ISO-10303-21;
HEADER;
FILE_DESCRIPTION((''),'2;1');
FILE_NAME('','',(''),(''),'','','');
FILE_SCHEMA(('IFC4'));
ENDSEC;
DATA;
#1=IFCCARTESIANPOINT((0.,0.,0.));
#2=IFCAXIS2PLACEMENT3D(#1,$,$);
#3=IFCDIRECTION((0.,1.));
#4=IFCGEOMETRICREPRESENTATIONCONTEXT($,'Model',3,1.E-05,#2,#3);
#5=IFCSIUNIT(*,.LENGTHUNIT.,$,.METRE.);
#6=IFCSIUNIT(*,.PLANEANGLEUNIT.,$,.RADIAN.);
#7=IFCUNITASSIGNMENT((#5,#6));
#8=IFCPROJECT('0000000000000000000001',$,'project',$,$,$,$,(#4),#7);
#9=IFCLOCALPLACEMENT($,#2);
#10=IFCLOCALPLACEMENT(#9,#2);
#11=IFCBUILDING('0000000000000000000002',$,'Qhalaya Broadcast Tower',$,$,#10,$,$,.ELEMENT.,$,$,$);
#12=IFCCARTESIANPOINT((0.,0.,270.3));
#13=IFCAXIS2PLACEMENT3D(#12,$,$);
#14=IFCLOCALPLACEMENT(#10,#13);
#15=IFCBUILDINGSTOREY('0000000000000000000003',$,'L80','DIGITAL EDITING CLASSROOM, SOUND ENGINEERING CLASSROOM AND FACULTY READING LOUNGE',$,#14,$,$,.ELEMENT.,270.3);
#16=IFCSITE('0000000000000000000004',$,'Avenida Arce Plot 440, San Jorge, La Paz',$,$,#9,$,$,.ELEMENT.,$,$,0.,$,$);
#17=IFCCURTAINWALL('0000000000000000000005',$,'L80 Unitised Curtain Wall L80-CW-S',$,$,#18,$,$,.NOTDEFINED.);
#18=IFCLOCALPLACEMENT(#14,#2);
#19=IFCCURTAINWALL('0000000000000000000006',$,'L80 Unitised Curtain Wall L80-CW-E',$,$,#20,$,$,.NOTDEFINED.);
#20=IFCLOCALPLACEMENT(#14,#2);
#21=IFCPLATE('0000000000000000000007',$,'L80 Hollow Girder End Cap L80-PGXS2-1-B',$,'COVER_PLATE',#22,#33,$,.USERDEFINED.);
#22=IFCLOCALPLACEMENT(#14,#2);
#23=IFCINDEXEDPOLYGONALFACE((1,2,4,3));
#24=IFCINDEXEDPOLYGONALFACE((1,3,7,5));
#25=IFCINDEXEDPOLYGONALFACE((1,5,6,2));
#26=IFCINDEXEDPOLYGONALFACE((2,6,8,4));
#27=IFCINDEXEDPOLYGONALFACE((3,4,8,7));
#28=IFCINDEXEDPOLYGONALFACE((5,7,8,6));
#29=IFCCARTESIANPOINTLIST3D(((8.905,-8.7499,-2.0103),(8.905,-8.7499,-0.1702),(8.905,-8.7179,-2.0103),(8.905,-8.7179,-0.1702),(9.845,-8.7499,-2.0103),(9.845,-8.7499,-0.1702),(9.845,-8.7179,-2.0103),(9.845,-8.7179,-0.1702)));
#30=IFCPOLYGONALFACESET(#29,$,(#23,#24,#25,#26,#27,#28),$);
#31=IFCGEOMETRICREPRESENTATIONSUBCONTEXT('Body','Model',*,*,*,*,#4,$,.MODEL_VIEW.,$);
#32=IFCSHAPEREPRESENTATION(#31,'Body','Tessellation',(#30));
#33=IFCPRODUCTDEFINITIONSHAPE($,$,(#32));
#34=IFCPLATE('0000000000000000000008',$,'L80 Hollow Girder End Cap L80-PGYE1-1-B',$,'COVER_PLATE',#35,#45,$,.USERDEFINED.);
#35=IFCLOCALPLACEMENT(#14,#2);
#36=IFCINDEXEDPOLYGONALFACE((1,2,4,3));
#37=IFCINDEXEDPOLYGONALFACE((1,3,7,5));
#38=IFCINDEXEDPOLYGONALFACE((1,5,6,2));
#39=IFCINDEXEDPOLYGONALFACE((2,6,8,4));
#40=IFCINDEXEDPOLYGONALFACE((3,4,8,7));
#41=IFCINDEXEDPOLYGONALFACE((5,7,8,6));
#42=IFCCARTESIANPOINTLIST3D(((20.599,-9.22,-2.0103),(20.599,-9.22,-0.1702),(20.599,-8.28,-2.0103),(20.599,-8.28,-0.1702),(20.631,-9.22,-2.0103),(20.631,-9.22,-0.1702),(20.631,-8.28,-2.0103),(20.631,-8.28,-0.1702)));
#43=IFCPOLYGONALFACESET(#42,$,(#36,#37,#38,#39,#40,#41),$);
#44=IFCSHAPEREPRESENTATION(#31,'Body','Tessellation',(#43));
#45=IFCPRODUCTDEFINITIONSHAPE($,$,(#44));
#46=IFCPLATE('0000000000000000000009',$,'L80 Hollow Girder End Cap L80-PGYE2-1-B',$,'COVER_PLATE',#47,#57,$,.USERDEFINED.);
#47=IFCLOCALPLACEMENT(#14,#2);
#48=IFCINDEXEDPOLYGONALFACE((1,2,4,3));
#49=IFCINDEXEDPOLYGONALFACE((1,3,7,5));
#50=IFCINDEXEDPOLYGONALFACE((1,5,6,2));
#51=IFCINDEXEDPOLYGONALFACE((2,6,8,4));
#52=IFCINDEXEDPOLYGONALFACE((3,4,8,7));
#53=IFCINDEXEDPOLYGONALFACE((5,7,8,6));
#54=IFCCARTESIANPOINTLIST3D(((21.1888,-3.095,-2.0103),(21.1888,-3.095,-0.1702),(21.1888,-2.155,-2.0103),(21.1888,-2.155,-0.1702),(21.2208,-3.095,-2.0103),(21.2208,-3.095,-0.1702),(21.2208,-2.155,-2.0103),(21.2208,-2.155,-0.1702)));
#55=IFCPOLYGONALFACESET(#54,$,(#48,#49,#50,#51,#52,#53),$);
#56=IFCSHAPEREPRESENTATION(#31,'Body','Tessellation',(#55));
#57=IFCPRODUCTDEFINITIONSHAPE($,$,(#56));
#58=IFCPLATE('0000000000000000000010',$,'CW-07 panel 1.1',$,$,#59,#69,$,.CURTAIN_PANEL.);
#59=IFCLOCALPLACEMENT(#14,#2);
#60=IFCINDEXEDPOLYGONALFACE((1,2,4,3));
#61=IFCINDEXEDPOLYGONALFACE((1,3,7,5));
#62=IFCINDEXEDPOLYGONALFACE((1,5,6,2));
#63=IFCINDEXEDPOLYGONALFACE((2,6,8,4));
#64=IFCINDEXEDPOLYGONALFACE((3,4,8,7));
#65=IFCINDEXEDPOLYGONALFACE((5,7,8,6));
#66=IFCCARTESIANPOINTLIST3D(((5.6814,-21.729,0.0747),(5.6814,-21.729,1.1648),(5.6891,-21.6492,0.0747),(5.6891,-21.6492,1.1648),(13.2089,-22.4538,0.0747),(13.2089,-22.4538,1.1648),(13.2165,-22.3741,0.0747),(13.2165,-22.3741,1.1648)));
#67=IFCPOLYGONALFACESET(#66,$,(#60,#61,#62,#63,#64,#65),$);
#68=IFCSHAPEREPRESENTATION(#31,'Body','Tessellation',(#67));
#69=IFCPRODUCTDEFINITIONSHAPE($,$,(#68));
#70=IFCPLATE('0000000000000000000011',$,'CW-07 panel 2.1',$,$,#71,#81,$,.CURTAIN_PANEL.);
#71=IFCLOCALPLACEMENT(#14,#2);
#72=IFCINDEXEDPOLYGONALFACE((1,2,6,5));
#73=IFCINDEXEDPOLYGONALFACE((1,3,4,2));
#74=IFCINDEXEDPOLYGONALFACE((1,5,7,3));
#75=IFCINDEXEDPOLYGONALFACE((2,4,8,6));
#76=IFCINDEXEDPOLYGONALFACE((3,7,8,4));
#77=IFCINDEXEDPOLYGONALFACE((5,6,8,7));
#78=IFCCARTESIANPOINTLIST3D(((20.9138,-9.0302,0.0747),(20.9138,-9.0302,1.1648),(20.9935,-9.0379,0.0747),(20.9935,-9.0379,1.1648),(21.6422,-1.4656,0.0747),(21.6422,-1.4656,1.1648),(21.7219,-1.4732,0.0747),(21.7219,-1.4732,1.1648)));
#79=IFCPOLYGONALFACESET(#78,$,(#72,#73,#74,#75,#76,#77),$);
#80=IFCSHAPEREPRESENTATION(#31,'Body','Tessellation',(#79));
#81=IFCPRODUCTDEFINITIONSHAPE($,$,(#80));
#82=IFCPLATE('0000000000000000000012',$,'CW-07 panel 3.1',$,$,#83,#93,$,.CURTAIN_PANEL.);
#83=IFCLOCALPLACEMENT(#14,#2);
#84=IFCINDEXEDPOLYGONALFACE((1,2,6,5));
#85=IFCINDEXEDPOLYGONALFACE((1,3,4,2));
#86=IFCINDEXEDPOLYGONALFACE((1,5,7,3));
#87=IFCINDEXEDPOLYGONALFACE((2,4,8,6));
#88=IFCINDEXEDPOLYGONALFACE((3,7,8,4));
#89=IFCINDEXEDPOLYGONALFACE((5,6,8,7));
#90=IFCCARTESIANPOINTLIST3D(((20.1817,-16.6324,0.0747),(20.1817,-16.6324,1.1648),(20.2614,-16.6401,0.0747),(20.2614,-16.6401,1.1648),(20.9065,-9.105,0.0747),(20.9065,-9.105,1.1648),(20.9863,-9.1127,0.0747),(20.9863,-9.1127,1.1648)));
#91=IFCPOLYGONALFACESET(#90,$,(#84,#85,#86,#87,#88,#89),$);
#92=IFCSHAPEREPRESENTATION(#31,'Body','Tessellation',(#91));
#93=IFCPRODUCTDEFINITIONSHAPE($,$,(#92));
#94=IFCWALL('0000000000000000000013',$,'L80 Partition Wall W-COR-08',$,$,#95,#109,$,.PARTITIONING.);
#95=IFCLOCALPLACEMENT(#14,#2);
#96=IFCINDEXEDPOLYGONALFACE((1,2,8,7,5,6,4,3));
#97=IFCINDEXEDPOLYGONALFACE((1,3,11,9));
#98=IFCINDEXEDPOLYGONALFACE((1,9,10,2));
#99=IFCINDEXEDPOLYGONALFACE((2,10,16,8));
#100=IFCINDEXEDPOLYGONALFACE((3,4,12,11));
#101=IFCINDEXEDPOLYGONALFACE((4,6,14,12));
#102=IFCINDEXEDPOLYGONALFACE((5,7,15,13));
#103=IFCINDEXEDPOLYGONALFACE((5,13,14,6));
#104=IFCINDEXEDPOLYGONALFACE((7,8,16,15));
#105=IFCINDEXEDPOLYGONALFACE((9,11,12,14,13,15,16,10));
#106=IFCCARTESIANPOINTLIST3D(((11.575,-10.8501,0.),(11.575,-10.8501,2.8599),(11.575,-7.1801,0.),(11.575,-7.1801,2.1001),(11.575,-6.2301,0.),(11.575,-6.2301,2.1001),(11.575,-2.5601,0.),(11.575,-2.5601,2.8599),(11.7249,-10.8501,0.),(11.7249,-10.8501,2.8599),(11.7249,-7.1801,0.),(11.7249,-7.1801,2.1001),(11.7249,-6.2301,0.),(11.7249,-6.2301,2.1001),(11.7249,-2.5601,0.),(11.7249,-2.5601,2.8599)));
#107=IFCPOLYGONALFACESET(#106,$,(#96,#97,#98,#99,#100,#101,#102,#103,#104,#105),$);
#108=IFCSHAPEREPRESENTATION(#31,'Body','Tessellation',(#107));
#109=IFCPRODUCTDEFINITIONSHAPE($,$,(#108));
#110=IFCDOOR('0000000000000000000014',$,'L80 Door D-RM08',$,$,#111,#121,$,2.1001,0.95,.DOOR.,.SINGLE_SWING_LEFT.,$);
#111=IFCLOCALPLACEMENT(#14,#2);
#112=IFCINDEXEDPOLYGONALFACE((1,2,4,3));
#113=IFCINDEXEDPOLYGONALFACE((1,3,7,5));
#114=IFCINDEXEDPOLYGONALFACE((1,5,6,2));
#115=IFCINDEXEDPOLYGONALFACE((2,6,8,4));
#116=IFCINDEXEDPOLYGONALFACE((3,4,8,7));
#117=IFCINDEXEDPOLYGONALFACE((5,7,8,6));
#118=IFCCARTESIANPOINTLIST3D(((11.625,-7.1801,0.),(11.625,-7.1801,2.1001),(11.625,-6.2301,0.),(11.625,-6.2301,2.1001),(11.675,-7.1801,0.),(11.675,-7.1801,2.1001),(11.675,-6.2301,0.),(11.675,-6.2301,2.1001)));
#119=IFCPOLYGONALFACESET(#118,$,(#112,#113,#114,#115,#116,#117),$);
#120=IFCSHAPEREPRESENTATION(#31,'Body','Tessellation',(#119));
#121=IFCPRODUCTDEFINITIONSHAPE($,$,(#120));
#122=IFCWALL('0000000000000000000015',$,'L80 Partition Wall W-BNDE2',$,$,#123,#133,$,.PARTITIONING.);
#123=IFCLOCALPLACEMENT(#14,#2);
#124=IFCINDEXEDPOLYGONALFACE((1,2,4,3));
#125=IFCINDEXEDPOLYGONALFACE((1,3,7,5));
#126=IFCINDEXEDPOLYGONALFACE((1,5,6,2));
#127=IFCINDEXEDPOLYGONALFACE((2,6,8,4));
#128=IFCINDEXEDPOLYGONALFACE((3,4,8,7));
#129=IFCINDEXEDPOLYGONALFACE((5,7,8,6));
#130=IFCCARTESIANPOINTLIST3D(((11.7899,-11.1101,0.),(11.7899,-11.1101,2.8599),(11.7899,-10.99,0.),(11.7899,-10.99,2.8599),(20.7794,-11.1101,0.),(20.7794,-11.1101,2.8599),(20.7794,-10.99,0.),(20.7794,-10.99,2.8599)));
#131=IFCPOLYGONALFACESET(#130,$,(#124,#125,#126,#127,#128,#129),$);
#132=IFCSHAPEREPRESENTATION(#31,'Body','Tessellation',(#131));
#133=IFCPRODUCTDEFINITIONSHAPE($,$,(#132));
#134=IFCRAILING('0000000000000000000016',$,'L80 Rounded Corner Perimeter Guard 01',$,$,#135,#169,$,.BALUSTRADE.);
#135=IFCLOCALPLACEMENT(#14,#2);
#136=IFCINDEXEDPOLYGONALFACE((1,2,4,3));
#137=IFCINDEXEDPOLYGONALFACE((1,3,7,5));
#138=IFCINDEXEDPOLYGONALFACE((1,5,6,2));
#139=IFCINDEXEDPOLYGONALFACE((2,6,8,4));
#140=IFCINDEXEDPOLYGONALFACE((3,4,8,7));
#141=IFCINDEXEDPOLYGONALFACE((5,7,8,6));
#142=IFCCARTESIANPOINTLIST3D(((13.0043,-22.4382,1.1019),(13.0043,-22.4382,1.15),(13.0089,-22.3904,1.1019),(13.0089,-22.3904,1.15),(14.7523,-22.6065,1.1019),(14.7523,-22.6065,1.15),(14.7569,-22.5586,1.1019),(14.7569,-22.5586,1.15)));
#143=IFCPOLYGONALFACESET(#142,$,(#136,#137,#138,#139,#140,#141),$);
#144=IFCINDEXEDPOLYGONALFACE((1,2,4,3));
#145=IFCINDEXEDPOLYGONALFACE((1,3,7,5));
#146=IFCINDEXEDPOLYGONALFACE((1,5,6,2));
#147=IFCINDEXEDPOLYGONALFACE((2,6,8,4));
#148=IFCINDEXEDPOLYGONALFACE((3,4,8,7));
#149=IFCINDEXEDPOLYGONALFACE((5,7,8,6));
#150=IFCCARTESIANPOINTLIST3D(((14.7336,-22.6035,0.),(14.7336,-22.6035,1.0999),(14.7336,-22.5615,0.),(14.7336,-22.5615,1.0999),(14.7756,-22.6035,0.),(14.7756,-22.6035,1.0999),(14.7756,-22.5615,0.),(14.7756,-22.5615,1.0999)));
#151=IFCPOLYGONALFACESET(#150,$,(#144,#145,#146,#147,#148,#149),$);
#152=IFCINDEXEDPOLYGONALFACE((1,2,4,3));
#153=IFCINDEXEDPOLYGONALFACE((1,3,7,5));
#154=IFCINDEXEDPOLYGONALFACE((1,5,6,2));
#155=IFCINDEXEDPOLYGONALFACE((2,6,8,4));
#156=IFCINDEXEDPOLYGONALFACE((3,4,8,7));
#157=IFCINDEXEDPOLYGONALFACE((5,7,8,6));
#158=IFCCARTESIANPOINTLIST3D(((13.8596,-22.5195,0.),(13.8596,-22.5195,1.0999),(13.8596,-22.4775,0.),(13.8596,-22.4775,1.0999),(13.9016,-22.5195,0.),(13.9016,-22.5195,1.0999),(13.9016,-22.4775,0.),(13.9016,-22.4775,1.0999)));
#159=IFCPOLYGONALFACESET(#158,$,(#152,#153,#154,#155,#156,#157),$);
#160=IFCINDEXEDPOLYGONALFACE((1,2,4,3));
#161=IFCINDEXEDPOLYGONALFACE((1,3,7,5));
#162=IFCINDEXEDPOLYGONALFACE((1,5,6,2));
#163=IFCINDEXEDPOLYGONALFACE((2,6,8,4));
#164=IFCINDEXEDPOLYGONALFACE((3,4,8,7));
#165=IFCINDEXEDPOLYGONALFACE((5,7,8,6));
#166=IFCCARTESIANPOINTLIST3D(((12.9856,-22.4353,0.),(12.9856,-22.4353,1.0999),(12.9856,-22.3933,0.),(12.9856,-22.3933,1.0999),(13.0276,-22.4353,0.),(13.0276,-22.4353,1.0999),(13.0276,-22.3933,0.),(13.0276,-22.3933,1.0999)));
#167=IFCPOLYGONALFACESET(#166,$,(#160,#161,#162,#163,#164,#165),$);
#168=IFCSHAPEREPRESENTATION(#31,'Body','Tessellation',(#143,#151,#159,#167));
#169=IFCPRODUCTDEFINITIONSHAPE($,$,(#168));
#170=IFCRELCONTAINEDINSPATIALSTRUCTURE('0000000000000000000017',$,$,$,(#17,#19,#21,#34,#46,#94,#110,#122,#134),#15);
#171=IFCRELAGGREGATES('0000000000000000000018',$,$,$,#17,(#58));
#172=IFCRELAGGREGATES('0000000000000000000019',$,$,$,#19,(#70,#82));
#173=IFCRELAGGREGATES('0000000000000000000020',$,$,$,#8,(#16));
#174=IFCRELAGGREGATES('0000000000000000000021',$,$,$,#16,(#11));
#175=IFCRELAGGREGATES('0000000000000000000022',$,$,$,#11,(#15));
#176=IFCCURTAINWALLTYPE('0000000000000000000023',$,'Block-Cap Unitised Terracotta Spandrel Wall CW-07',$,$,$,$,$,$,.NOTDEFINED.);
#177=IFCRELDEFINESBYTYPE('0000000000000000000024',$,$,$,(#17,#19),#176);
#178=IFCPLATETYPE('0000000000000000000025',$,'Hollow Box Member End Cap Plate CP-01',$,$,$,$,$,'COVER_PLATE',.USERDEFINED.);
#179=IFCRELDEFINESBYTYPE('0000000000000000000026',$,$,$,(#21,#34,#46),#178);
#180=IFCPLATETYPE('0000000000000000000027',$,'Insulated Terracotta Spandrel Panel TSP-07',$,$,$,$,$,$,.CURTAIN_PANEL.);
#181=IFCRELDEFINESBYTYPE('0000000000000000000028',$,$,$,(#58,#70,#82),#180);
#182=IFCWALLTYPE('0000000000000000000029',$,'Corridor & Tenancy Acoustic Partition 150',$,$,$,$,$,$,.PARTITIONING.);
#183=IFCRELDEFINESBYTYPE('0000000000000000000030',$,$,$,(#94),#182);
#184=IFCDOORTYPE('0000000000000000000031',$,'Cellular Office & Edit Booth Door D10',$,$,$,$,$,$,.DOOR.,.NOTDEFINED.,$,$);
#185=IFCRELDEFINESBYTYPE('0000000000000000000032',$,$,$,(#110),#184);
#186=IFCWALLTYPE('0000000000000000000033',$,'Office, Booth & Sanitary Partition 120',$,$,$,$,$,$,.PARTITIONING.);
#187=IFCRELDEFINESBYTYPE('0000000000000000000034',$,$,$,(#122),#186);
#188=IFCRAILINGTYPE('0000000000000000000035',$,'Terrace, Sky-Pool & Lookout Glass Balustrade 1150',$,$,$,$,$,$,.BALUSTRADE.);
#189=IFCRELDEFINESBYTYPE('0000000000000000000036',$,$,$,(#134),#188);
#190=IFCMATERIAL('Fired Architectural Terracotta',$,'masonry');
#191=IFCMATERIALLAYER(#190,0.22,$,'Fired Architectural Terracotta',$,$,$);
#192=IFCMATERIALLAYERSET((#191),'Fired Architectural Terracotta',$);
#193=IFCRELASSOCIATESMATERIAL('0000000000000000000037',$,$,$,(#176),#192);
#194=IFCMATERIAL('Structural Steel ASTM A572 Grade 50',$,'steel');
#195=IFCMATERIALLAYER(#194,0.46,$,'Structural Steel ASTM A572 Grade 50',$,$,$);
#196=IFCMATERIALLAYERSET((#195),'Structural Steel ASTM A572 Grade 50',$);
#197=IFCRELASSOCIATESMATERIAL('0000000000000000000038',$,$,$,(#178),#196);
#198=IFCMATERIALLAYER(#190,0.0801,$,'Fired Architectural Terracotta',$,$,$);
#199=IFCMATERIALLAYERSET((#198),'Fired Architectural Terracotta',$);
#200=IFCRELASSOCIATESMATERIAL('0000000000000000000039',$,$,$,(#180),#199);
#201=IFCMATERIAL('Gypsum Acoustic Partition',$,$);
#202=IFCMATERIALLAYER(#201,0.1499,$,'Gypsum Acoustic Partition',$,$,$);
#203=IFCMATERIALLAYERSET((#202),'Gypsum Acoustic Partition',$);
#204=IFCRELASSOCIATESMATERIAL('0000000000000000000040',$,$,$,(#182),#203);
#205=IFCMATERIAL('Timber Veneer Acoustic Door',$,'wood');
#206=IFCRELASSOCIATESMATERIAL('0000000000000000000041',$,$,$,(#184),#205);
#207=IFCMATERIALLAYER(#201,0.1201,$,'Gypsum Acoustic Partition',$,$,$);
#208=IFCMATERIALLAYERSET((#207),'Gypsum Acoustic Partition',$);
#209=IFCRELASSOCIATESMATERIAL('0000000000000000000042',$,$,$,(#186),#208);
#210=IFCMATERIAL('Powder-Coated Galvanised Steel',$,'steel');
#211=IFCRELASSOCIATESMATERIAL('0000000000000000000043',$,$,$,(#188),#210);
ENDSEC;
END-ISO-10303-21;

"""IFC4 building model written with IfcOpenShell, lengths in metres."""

from ifc_helpers import new_model, si_unit, direction, frame, frame_2d, origin, origin_2d, place, context, subcontext, project, spatial, rectangle, extrude, material, layer, layer_set, type_object, element, fill, aggregate, save


model = new_model("IFC4")

# Units and contexts
model_context = context("Model", 3, precision=1e-05, world=origin(), true_north=direction((0.0, 1.0)))
body_context = subcontext(model_context, "Body", "Model", "MODEL_VIEW")
ifc_project = project(units=[si_unit("LENGTHUNIT", "METRE"), si_unit("PLANEANGLEUNIT", "RADIAN")], contexts=[model_context])

# Site, building, storey
site_placement = place(None, origin())
site = spatial("IfcSite", under=ifc_project, at=site_placement, Name="Avenida Arce Plot 440, San Jorge, La Paz", CompositionType="ELEMENT", RefElevation=0.0)
building_placement = place(site_placement, origin())
building = spatial("IfcBuilding", under=site, at=building_placement, Name="Qhalaya Broadcast Tower", CompositionType="ELEMENT")
storey_placement = place(building_placement, frame((0.0, 0.0, 270.3)))
storey = spatial("IfcBuildingStorey", under=building, at=storey_placement, Name="L80", Description="DIGITAL EDITING CLASSROOM, SOUND ENGINEERING CLASSROOM AND FACULTY READING LOUNGE", CompositionType="ELEMENT", Elevation=270.3)

# Shared definitions
ifc_material_1 = material(Name="Structural Steel ASTM A572 Grade 50", Category="steel")

# Curtain wall
ifc_material_2 = material(Name="Fired Architectural Terracotta", Category="masonry")
ifc_layer_1 = layer(ifc_material_2, 0.22, Name="Fired Architectural Terracotta")
ifc_layer_set_1 = layer_set([ifc_layer_1], Name="Fired Architectural Terracotta")
curtain_wall_type = type_object("IfcCurtainWallType", Name="Block-Cap Unitised Terracotta Spandrel Wall CW-07", PredefinedType="NOTDEFINED", material=ifc_layer_set_1)
curtain_wall_1_placement = place(storey_placement, origin())
curtain_wall_1 = element("IfcCurtainWall", 1, at=curtain_wall_1_placement, inside=storey, type_object=curtain_wall_type, Name="L80 Unitised Curtain Wall L80-CW-S", PredefinedType="NOTDEFINED")

# Curtain wall
curtain_wall_2_placement = place(storey_placement, origin())
curtain_wall_2 = element("IfcCurtainWall", 2, at=curtain_wall_2_placement, inside=storey, type_object=curtain_wall_type, Name="L80 Unitised Curtain Wall L80-CW-E", PredefinedType="NOTDEFINED")

# Plates
ifc_layer_2 = layer(ifc_material_1, 0.46, Name="Structural Steel ASTM A572 Grade 50")
ifc_layer_set_2 = layer_set([ifc_layer_2], Name="Structural Steel ASTM A572 Grade 50")
plate_type_1 = type_object("IfcPlateType", Name="Hollow Box Member End Cap Plate CP-01", ElementType="COVER_PLATE", PredefinedType="USERDEFINED", material=ifc_layer_set_2)
for number, where, z_axis, x_axis, name in (
    (3, (9.375, -8.7339, -2.0103), (0.0, 0.0, 1.0), (-1.0, 0.0, 0.0), "L80 Hollow Girder End Cap L80-PGXS2-1-B"),
    (4, (20.615, -8.75, -2.0103), (0.0, 0.0, 1.0), (0.0, 1.0, 0.0), "L80 Hollow Girder End Cap L80-PGYE1-1-B"),
    (5, (21.2048, -2.625, -2.0103), (0.0, 0.0, 1.0), (0.0, 1.0, 0.0), "L80 Hollow Girder End Cap L80-PGYE2-1-B"),
):
    element("IfcPlate", number, at=place(storey_placement, frame(where, z_axis=z_axis, x_axis=x_axis)), inside=storey, type_object=plate_type_1, Name=name, ObjectType="COVER_PLATE", PredefinedType="USERDEFINED", context=body_context, shape_type="SweptSolid", body=[
        extrude(rectangle(XDim=0.9399, YDim=0.032, at=origin_2d()), origin(), (0.0, 0.0, 1.0), 1.8401),
    ])

# Plates
ifc_layer_3 = layer(ifc_material_2, 0.0801, Name="Fired Architectural Terracotta")
ifc_layer_set_3 = layer_set([ifc_layer_3], Name="Fired Architectural Terracotta")
plate_type_2 = type_object("IfcPlateType", Name="Insulated Terracotta Spandrel Panel TSP-07", PredefinedType="CURTAIN_PANEL", material=ifc_layer_set_3)
plate_1_placement = place(storey_placement, frame((9.449, -22.0515, 0.0747), z_axis=(0.0, 0.0, 1.0), x_axis=(-0.995396, 0.095848, 0.0)))
plate_1 = element("IfcPlate", 6, at=plate_1_placement, type_object=plate_type_2, Name="CW-07 panel 1.1", PredefinedType="CURTAIN_PANEL", context=body_context, shape_type="SweptSolid", body=[
    extrude(rectangle(XDim=7.5623, YDim=0.0801, at=origin_2d()), origin(), (0.0, 0.0, 1.0), 1.0901),
])
aggregate(curtain_wall_1, [plate_1])
plate_2_placement = place(storey_placement, frame((21.3179, -5.2517, 0.0747), z_axis=(0.0, 0.0, 1.0), x_axis=(-0.095848, -0.995396, 0.0)))
plate_2 = element("IfcPlate", 7, at=plate_2_placement, type_object=plate_type_2, Name="CW-07 panel 2.1", PredefinedType="CURTAIN_PANEL", context=body_context, shape_type="SweptSolid", body=[
    extrude(rectangle(XDim=7.5996, YDim=0.0801, at=origin_2d()), origin(), (0.0, 0.0, 1.0), 1.0901),
])
plate_3_placement = place(storey_placement, frame((20.584, -12.8726, 0.0747), z_axis=(0.0, 0.0, 1.0), x_axis=(-0.095848, -0.995396, 0.0)))
plate_3 = element("IfcPlate", 8, at=plate_3_placement, type_object=plate_type_2, Name="CW-07 panel 3.1", PredefinedType="CURTAIN_PANEL", context=body_context, shape_type="SweptSolid", body=[
    extrude(rectangle(XDim=7.5623, YDim=0.0801, at=origin_2d()), origin(), (0.0, 0.0, 1.0), 1.0901),
])
aggregate(curtain_wall_2, [plate_2, plate_3])

# Wall, opening, door
ifc_material_3 = material(Name="Gypsum Acoustic Partition")
ifc_layer_4 = layer(ifc_material_3, 0.1499, Name="Gypsum Acoustic Partition")
ifc_layer_set_4 = layer_set([ifc_layer_4], Name="Gypsum Acoustic Partition")
wall_type_1 = type_object("IfcWallType", Name="Corridor & Tenancy Acoustic Partition 150", PredefinedType="PARTITIONING", material=ifc_layer_set_4)
wall_1_placement = place(storey_placement, frame((11.6499, -10.8501, 0.0), z_axis=(0.0, 0.0, 1.0), x_axis=(0.0, 1.0, 0.0)))
wall_1 = element("IfcWall", 9, at=wall_1_placement, inside=storey, type_object=wall_type_1, Name="L80 Partition Wall W-COR-08", PredefinedType="PARTITIONING", context=body_context, shape_type="SweptSolid", body=[
    extrude(rectangle(XDim=8.29, YDim=0.1499, at=frame_2d((4.145, 0.0))), origin(), (0.0, 0.0, 1.0), 2.8599),
])
opening_placement = place(wall_1_placement, frame((3.6699, 0.0, 0.0)))
opening = element("IfcOpeningElement", 10, at=opening_placement, cuts=wall_1, PredefinedType="OPENING", context=body_context, shape_type="SweptSolid", body=[
    extrude(rectangle(XDim=0.95, YDim=2.1001, at=frame_2d((0.4751, 1.05))), frame((0.0, 0.0869, 0.0), z_axis=(0.0, -1.0, 0.0), x_axis=(1.0, 0.0, 0.0)), (0.0, 0.0, 1.0), 0.1738),
])
ifc_material_4 = material(Name="Timber Veneer Acoustic Door", Category="wood")
door_type = type_object("IfcDoorType", Name="Cellular Office & Edit Booth Door D10", OperationType="NOTDEFINED", PredefinedType="DOOR", material=ifc_material_4)
door_placement = place(opening_placement, origin())
door = element("IfcDoor", 11, at=door_placement, inside=storey, type_object=door_type, Name="L80 Door D-RM08", OperationType="SINGLE_SWING_LEFT", OverallHeight=2.1001, OverallWidth=0.95, PredefinedType="DOOR", context=body_context, shape_type="SweptSolid", body=[
    extrude(rectangle(XDim=0.95, YDim=2.1001, at=frame_2d((0.4751, 1.05))), frame((0.0, 0.0249, 0.0), z_axis=(0.0, -1.0, 0.0), x_axis=(1.0, 0.0, 0.0)), (0.0, 0.0, 1.0), 0.05),
])
fill(opening, door)

# Wall
ifc_layer_5 = layer(ifc_material_3, 0.1201, Name="Gypsum Acoustic Partition")
ifc_layer_set_5 = layer_set([ifc_layer_5], Name="Gypsum Acoustic Partition")
wall_type_2 = type_object("IfcWallType", Name="Office, Booth & Sanitary Partition 120", PredefinedType="PARTITIONING", material=ifc_layer_set_5)
wall_2_placement = place(storey_placement, frame((11.79, -11.05, 0.0), z_axis=(0.0, 0.0, 1.0), x_axis=(1.0, 0.0, 0.0)))
element("IfcWall", 12, at=wall_2_placement, inside=storey, type_object=wall_type_2, Name="L80 Partition Wall W-BNDE2", PredefinedType="PARTITIONING", context=body_context, shape_type="SweptSolid", body=[
    extrude(rectangle(XDim=8.9895, YDim=0.1201, at=frame_2d((4.4946, 0.0))), origin(), (0.0, 0.0, 1.0), 2.8599),
])

# Railing
ifc_material_5 = material(Name="Powder-Coated Galvanised Steel", Category="steel")
railing_type = type_object("IfcRailingType", Name="Terrace, Sky-Pool & Lookout Glass Balustrade 1150", PredefinedType="BALUSTRADE", material=ifc_material_5)
railing_1_placement = place(storey_placement, frame((14.7546, -22.5825, 0.0)))
element("IfcRailing", 13, at=railing_1_placement, inside=storey, type_object=railing_type, Name="L80 Rounded Corner Perimeter Guard 01", PredefinedType="BALUSTRADE", context=body_context, shape_type="SweptSolid", body=[
    extrude(rectangle(XDim=0.0481, YDim=0.0481, at=origin_2d()), frame((0.0, 0.0, 1.126), z_axis=(-0.995402, 0.095787, 0.0), x_axis=(-0.095787, -0.995402, 0.0)), (0.0, 0.0, 1.0), 1.7561),
    extrude(rectangle(XDim=0.042, YDim=0.042, at=origin_2d()), origin(), (0.0, 0.0, 1.0), 1.0999),
    extrude(rectangle(XDim=0.042, YDim=0.042, at=origin_2d()), frame((-0.874, 0.084, 0.0)), (0.0, 0.0, 1.0), 1.0999),
    extrude(rectangle(XDim=0.042, YDim=0.042, at=origin_2d()), frame((-1.748, 0.1682, 0.0)), (0.0, 0.0, 1.0), 1.0999),
])

save(model, "model.ifc")
